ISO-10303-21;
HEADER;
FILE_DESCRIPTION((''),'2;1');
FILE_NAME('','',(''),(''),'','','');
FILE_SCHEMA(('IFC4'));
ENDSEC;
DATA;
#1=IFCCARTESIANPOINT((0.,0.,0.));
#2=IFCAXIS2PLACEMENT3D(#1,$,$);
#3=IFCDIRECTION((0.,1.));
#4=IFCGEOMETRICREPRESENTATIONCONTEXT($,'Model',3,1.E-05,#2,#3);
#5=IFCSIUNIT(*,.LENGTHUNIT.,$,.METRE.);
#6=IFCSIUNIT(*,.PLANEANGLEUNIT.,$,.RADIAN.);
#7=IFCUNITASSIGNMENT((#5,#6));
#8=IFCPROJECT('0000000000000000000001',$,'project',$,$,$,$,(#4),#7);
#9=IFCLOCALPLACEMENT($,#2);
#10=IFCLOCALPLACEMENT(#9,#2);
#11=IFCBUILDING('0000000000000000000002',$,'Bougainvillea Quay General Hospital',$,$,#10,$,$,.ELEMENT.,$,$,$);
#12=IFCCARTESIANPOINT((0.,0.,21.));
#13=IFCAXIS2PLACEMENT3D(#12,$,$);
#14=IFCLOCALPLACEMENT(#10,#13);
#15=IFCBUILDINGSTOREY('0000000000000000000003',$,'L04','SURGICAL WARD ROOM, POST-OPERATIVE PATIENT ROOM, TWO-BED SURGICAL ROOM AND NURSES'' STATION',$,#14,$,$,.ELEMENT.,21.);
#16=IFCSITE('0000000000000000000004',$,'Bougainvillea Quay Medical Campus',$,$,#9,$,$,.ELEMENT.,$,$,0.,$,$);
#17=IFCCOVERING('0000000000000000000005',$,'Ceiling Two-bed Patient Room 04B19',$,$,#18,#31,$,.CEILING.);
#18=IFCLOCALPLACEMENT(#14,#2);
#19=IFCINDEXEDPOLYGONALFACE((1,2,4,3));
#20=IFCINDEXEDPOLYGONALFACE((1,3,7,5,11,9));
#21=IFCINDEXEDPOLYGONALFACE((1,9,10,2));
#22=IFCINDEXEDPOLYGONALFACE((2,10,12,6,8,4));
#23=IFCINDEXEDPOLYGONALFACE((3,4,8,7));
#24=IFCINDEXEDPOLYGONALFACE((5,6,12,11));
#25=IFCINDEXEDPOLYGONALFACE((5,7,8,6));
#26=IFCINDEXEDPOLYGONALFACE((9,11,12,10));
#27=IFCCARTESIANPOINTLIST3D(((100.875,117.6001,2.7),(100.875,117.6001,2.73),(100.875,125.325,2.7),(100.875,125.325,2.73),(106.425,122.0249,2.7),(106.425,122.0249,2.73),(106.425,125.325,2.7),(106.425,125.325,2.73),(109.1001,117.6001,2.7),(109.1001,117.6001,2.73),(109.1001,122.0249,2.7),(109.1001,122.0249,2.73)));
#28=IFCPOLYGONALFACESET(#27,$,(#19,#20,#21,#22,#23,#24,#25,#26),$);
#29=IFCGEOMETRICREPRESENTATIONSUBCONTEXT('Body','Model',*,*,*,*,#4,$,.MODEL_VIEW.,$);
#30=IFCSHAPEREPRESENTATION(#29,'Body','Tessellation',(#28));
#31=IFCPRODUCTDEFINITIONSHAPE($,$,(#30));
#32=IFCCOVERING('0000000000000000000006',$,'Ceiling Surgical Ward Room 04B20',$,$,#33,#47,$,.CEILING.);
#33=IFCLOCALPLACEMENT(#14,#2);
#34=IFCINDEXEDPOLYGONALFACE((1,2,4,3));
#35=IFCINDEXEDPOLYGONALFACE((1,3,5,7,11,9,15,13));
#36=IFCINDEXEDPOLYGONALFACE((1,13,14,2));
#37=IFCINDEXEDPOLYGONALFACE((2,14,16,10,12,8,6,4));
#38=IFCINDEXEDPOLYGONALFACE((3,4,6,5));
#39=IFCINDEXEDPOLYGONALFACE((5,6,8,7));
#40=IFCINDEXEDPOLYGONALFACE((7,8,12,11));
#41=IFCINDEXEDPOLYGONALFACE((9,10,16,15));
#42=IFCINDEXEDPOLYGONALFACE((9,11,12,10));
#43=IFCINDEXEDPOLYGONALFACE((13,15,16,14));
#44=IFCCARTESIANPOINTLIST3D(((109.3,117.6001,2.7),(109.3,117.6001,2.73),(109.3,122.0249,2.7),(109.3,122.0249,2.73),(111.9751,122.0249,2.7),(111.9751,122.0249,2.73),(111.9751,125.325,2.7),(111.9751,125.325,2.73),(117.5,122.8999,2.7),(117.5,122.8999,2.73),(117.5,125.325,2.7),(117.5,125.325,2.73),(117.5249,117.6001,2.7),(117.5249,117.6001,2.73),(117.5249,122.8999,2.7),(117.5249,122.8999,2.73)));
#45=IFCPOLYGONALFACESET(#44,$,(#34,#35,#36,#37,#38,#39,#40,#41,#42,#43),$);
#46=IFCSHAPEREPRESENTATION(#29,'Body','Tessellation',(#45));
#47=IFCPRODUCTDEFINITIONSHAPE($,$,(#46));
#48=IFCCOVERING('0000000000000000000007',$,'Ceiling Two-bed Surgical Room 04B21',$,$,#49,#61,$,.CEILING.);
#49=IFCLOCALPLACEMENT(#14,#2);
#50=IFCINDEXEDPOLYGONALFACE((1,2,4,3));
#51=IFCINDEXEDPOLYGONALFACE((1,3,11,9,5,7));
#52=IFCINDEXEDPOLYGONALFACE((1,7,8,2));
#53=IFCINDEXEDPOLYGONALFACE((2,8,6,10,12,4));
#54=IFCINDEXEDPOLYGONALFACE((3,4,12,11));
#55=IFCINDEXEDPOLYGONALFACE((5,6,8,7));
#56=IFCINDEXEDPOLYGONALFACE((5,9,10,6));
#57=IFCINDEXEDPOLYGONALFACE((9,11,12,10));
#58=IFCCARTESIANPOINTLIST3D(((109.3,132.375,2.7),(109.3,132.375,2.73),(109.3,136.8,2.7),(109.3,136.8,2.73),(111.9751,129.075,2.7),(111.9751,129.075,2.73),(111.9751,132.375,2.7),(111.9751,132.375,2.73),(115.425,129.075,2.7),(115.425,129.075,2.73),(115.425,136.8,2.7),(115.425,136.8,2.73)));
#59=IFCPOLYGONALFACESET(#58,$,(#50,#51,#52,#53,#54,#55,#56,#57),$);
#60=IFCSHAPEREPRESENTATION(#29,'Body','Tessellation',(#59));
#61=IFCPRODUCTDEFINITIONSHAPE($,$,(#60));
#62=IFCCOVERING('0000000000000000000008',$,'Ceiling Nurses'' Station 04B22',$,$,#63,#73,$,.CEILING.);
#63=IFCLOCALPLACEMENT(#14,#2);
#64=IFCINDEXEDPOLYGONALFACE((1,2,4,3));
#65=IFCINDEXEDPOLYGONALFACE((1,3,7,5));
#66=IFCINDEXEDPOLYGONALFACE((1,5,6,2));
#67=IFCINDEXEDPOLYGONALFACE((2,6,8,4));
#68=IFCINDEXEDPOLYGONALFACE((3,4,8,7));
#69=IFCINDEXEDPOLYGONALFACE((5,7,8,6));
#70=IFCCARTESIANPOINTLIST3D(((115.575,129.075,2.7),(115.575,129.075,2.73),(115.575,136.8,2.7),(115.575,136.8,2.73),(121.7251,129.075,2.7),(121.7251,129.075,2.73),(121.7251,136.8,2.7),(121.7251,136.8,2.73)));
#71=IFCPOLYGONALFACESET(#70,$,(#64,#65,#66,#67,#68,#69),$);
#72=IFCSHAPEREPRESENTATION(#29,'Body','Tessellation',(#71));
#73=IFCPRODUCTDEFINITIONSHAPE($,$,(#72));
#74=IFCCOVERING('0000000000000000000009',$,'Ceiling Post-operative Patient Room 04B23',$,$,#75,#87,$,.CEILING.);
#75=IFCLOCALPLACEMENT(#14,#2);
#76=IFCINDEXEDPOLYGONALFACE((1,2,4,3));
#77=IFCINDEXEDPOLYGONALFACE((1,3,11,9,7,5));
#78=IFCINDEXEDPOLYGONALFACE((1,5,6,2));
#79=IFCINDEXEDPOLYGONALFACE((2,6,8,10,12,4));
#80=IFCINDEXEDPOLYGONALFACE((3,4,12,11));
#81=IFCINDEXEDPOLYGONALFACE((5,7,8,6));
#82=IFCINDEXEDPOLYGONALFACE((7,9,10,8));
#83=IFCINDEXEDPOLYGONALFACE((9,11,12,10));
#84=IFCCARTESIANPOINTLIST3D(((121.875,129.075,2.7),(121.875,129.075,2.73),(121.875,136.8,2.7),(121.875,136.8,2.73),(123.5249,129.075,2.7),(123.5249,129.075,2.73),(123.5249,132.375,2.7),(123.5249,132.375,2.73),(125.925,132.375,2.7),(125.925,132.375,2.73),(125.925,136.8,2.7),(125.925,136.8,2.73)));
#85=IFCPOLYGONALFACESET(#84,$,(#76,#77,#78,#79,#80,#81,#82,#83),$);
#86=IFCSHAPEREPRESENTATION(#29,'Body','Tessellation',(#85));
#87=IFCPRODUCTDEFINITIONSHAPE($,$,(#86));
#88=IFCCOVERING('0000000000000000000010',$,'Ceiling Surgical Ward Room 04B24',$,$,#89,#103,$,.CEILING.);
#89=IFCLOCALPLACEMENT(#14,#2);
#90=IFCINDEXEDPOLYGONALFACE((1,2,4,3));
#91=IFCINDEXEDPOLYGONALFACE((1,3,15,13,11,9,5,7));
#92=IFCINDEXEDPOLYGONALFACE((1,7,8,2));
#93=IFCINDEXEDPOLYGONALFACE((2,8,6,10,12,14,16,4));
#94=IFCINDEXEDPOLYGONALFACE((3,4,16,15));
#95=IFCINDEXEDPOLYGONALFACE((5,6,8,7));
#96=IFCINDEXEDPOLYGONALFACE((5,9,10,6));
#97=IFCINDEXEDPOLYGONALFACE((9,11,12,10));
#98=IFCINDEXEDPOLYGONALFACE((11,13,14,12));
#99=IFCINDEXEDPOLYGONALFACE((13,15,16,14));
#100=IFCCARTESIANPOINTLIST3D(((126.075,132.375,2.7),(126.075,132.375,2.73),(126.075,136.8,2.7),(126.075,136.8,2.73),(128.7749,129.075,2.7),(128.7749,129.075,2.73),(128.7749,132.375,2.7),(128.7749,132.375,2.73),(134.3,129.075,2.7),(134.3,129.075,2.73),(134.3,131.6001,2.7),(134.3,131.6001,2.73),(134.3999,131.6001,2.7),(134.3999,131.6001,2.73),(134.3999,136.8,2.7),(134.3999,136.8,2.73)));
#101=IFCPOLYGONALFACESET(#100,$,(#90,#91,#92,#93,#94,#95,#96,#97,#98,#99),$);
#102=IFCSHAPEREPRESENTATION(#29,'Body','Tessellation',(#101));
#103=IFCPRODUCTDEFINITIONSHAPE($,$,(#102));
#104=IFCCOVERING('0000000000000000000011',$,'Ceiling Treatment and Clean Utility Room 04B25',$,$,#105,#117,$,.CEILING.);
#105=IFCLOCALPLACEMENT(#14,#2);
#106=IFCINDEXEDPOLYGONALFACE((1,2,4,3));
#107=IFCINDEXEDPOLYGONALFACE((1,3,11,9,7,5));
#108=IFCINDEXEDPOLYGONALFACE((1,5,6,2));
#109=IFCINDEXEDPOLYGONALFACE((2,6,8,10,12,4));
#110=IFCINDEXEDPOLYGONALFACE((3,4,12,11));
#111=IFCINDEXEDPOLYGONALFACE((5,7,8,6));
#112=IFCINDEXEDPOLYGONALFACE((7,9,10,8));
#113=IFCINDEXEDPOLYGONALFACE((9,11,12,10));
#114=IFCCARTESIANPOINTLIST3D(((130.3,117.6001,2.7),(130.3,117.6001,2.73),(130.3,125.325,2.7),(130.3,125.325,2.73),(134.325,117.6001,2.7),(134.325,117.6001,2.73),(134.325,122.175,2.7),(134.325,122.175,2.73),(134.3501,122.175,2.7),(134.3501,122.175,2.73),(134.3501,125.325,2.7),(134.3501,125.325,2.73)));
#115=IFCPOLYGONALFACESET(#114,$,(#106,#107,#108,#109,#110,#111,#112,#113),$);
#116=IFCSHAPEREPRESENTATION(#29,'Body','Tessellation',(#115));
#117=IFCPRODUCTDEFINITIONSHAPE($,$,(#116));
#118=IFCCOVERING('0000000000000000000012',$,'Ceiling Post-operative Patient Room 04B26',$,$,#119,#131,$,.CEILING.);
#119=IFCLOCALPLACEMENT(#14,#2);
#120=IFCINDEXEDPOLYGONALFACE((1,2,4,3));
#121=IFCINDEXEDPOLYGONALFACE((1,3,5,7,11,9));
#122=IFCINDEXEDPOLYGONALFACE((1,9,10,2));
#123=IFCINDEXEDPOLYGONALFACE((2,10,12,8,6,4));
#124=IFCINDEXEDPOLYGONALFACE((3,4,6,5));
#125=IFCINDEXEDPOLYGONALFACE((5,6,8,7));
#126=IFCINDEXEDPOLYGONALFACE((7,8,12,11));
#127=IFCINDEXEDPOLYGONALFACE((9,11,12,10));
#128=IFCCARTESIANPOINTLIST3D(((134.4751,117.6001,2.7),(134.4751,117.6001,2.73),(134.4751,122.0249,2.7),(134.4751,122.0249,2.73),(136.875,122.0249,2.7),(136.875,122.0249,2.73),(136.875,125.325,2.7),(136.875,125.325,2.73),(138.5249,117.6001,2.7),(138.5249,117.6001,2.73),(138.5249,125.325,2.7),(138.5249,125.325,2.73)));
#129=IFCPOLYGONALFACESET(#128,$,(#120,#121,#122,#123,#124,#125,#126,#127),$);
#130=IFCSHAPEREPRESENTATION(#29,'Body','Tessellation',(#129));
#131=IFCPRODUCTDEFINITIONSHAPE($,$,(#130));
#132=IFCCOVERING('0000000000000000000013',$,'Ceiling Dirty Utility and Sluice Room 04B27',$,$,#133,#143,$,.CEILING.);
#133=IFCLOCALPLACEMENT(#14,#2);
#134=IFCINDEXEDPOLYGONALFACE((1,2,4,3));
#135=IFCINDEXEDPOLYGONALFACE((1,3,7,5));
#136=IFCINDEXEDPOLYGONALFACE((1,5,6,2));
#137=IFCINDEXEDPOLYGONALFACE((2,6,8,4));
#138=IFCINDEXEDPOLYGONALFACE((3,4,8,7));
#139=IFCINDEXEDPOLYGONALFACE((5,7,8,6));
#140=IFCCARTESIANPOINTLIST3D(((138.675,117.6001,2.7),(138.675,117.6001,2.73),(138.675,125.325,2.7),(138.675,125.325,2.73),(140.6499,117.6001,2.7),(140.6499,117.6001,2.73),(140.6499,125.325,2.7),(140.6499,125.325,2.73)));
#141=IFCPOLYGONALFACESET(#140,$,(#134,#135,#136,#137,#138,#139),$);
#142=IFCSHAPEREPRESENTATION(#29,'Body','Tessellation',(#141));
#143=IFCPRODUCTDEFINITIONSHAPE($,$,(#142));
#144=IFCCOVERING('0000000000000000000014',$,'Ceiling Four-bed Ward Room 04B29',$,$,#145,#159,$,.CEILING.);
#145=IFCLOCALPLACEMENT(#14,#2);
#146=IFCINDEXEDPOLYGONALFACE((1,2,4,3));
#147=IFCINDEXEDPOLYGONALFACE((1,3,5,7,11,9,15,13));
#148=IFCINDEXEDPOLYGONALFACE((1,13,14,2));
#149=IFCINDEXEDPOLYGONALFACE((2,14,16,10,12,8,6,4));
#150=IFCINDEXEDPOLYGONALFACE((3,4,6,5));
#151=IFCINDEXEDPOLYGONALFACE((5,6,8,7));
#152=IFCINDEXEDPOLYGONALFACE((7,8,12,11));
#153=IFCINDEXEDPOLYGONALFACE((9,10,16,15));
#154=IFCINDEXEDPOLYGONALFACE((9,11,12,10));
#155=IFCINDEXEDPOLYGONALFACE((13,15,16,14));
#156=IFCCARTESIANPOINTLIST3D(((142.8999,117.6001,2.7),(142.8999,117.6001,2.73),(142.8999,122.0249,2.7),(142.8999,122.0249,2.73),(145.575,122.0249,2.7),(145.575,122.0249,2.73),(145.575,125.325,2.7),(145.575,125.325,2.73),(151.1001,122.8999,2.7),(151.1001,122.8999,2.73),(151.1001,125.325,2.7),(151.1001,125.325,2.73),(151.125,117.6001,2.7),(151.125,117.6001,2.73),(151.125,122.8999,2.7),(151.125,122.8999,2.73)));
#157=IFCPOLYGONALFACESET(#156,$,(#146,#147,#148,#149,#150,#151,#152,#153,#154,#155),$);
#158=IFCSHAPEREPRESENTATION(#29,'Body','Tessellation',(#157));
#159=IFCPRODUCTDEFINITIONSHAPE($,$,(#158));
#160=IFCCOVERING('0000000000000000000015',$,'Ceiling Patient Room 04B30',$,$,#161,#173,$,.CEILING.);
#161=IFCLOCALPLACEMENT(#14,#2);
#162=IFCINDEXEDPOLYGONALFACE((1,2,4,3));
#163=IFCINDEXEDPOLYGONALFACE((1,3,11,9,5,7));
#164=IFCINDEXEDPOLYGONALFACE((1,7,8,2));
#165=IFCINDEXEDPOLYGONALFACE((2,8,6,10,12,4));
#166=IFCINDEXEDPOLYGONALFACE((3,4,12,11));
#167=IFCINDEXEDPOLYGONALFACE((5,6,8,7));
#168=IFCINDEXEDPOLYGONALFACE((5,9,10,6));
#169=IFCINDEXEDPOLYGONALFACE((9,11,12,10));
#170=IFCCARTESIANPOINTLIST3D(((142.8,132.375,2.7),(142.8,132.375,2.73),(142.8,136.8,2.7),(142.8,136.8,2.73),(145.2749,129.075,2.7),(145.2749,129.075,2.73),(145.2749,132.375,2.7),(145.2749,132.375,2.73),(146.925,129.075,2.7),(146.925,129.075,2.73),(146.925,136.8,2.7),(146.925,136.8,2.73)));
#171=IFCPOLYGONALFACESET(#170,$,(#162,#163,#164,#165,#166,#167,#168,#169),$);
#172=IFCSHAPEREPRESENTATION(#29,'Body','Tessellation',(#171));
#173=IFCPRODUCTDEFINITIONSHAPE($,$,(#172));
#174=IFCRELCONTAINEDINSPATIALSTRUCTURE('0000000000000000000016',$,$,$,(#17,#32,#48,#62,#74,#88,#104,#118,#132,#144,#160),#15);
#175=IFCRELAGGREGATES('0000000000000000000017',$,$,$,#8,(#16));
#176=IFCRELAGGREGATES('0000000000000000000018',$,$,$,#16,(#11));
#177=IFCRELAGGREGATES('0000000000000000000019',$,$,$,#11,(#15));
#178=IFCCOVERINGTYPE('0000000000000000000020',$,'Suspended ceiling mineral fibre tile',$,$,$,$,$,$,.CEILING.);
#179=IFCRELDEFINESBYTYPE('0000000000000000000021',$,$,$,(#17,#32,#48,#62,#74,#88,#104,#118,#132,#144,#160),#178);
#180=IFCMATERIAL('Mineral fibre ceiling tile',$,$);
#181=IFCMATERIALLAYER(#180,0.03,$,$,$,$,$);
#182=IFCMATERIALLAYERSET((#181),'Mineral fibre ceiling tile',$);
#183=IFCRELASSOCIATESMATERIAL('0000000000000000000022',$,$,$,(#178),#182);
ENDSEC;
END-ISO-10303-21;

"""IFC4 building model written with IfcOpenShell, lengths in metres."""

from ifc_helpers import new_model, si_unit, direction, frame, origin, place, context, subcontext, project, spatial, polyline, outline, extrude, material, layer, layer_set, type_object, element, save


model = new_model("IFC4")

# Units and contexts
model_context = context("Model", 3, precision=1e-05, world=origin(), true_north=direction((0.0, 1.0)))
body_context = subcontext(model_context, "Body", "Model", "MODEL_VIEW")
ifc_project = project(units=[si_unit("LENGTHUNIT", "METRE"), si_unit("PLANEANGLEUNIT", "RADIAN")], contexts=[model_context])

# Site, building, storey
site_placement = place(None, origin())
site = spatial("IfcSite", under=ifc_project, at=site_placement, Name="Bougainvillea Quay Medical Campus", CompositionType="ELEMENT", RefElevation=0.0)
building_placement = place(site_placement, origin())
building = spatial("IfcBuilding", under=site, at=building_placement, Name="Bougainvillea Quay General Hospital", CompositionType="ELEMENT")
storey_placement = place(building_placement, frame((0.0, 0.0, 21.0)))
storey = spatial("IfcBuildingStorey", under=building, at=storey_placement, Name="L04", Description="SURGICAL WARD ROOM, POST-OPERATIVE PATIENT ROOM, TWO-BED SURGICAL ROOM AND NURSES' STATION", CompositionType="ELEMENT", Elevation=21.0)

# Coverings
ifc_material = material(Name="Mineral fibre ceiling tile")
ifc_layer = layer(ifc_material, 0.03)
ifc_layer_set = layer_set([ifc_layer], Name="Mineral fibre ceiling tile")
covering_type = type_object("IfcCoveringType", Name="Suspended ceiling mineral fibre tile", PredefinedType="CEILING", material=ifc_layer_set)
covering_1_placement = place(storey_placement, frame((0.0, 0.0, 2.7)))
element("IfcCovering", 1, at=covering_1_placement, inside=storey, type_object=covering_type, Name="Ceiling Two-bed Patient Room 04B19", PredefinedType="CEILING", context=body_context, shape_type="SweptSolid", body=[
    extrude(outline(polyline([(109.1001, 117.6001), (109.1001, 122.0249), (106.425, 122.0249), (106.425, 125.325), (100.875, 125.325), (100.875, 117.6001), (109.1001, 117.6001)])), origin(), (0.0, 0.0, 1.0), 0.03),
])
covering_2_placement = place(storey_placement, frame((0.0, 0.0, 2.7)))
element("IfcCovering", 2, at=covering_2_placement, inside=storey, type_object=covering_type, Name="Ceiling Surgical Ward Room 04B20", PredefinedType="CEILING", context=body_context, shape_type="SweptSolid", body=[
    extrude(outline(polyline([(117.5249, 117.6001), (117.5249, 122.8999), (117.5, 122.8999), (117.5, 125.325), (111.9751, 125.325), (111.9751, 122.0249), (109.3, 122.0249), (109.3, 117.6001), (117.5249, 117.6001)])), origin(), (0.0, 0.0, 1.0), 0.03),
])
covering_3_placement = place(storey_placement, frame((0.0, 0.0, 2.7)))
element("IfcCovering", 3, at=covering_3_placement, inside=storey, type_object=covering_type, Name="Ceiling Two-bed Surgical Room 04B21", PredefinedType="CEILING", context=body_context, shape_type="SweptSolid", body=[
    extrude(outline(polyline([(109.3, 136.8), (109.3, 132.375), (111.9751, 132.375), (111.9751, 129.075), (115.425, 129.075), (115.425, 136.8), (109.3, 136.8)])), origin(), (0.0, 0.0, 1.0), 0.03),
])
covering_4_placement = place(storey_placement, frame((0.0, 0.0, 2.7)))
element("IfcCovering", 4, at=covering_4_placement, inside=storey, type_object=covering_type, Name="Ceiling Nurses' Station 04B22", PredefinedType="CEILING", context=body_context, shape_type="SweptSolid", body=[
    extrude(outline(polyline([(115.575, 136.8), (115.575, 129.075), (121.7251, 129.075), (121.7251, 136.8), (115.575, 136.8)])), origin(), (0.0, 0.0, 1.0), 0.03),
])
covering_5_placement = place(storey_placement, frame((0.0, 0.0, 2.7)))
element("IfcCovering", 5, at=covering_5_placement, inside=storey, type_object=covering_type, Name="Ceiling Post-operative Patient Room 04B23", PredefinedType="CEILING", context=body_context, shape_type="SweptSolid", body=[
    extrude(outline(polyline([(121.875, 136.8), (121.875, 129.075), (123.5249, 129.075), (123.5249, 132.375), (125.925, 132.375), (125.925, 136.8), (121.875, 136.8)])), origin(), (0.0, 0.0, 1.0), 0.03),
])
covering_6_placement = place(storey_placement, frame((0.0, 0.0, 2.7)))
element("IfcCovering", 6, at=covering_6_placement, inside=storey, type_object=covering_type, Name="Ceiling Surgical Ward Room 04B24", PredefinedType="CEILING", context=body_context, shape_type="SweptSolid", body=[
    extrude(outline(polyline([(126.075, 136.8), (126.075, 132.375), (128.7749, 132.375), (128.7749, 129.075), (134.3, 129.075), (134.3, 131.6001), (134.3999, 131.6001), (134.3999, 136.8), (126.075, 136.8)])), origin(), (0.0, 0.0, 1.0), 0.03),
])
covering_7_placement = place(storey_placement, frame((0.0, 0.0, 2.7)))
element("IfcCovering", 7, at=covering_7_placement, inside=storey, type_object=covering_type, Name="Ceiling Treatment and Clean Utility Room 04B25", PredefinedType="CEILING", context=body_context, shape_type="SweptSolid", body=[
    extrude(outline(polyline([(134.325, 117.6001), (134.325, 122.175), (134.3501, 122.175), (134.3501, 125.325), (130.3, 125.325), (130.3, 117.6001), (134.325, 117.6001)])), origin(), (0.0, 0.0, 1.0), 0.03),
])
covering_8_placement = place(storey_placement, frame((0.0, 0.0, 2.7)))
element("IfcCovering", 8, at=covering_8_placement, inside=storey, type_object=covering_type, Name="Ceiling Post-operative Patient Room 04B26", PredefinedType="CEILING", context=body_context, shape_type="SweptSolid", body=[
    extrude(outline(polyline([(138.5249, 117.6001), (138.5249, 125.325), (136.875, 125.325), (136.875, 122.0249), (134.4751, 122.0249), (134.4751, 117.6001), (138.5249, 117.6001)])), origin(), (0.0, 0.0, 1.0), 0.03),
])
covering_9_placement = place(storey_placement, frame((0.0, 0.0, 2.7)))
element("IfcCovering", 9, at=covering_9_placement, inside=storey, type_object=covering_type, Name="Ceiling Dirty Utility and Sluice Room 04B27", PredefinedType="CEILING", context=body_context, shape_type="SweptSolid", body=[
    extrude(outline(polyline([(140.6499, 117.6001), (140.6499, 125.325), (138.675, 125.325), (138.675, 117.6001), (140.6499, 117.6001)])), origin(), (0.0, 0.0, 1.0), 0.03),
])
covering_10_placement = place(storey_placement, frame((0.0, 0.0, 2.7)))
element("IfcCovering", 10, at=covering_10_placement, inside=storey, type_object=covering_type, Name="Ceiling Four-bed Ward Room 04B29", PredefinedType="CEILING", context=body_context, shape_type="SweptSolid", body=[
    extrude(outline(polyline([(151.125, 117.6001), (151.125, 122.8999), (151.1001, 122.8999), (151.1001, 125.325), (145.575, 125.325), (145.575, 122.0249), (142.8999, 122.0249), (142.8999, 117.6001), (151.125, 117.6001)])), origin(), (0.0, 0.0, 1.0), 0.03),
])
covering_11_placement = place(storey_placement, frame((0.0, 0.0, 2.7)))
element("IfcCovering", 11, at=covering_11_placement, inside=storey, type_object=covering_type, Name="Ceiling Patient Room 04B30", PredefinedType="CEILING", context=body_context, shape_type="SweptSolid", body=[
    extrude(outline(polyline([(142.8, 136.8), (142.8, 132.375), (145.2749, 132.375), (145.2749, 129.075), (146.925, 129.075), (146.925, 136.8), (142.8, 136.8)])), origin(), (0.0, 0.0, 1.0), 0.03),
])

save(model, "model.ifc")
